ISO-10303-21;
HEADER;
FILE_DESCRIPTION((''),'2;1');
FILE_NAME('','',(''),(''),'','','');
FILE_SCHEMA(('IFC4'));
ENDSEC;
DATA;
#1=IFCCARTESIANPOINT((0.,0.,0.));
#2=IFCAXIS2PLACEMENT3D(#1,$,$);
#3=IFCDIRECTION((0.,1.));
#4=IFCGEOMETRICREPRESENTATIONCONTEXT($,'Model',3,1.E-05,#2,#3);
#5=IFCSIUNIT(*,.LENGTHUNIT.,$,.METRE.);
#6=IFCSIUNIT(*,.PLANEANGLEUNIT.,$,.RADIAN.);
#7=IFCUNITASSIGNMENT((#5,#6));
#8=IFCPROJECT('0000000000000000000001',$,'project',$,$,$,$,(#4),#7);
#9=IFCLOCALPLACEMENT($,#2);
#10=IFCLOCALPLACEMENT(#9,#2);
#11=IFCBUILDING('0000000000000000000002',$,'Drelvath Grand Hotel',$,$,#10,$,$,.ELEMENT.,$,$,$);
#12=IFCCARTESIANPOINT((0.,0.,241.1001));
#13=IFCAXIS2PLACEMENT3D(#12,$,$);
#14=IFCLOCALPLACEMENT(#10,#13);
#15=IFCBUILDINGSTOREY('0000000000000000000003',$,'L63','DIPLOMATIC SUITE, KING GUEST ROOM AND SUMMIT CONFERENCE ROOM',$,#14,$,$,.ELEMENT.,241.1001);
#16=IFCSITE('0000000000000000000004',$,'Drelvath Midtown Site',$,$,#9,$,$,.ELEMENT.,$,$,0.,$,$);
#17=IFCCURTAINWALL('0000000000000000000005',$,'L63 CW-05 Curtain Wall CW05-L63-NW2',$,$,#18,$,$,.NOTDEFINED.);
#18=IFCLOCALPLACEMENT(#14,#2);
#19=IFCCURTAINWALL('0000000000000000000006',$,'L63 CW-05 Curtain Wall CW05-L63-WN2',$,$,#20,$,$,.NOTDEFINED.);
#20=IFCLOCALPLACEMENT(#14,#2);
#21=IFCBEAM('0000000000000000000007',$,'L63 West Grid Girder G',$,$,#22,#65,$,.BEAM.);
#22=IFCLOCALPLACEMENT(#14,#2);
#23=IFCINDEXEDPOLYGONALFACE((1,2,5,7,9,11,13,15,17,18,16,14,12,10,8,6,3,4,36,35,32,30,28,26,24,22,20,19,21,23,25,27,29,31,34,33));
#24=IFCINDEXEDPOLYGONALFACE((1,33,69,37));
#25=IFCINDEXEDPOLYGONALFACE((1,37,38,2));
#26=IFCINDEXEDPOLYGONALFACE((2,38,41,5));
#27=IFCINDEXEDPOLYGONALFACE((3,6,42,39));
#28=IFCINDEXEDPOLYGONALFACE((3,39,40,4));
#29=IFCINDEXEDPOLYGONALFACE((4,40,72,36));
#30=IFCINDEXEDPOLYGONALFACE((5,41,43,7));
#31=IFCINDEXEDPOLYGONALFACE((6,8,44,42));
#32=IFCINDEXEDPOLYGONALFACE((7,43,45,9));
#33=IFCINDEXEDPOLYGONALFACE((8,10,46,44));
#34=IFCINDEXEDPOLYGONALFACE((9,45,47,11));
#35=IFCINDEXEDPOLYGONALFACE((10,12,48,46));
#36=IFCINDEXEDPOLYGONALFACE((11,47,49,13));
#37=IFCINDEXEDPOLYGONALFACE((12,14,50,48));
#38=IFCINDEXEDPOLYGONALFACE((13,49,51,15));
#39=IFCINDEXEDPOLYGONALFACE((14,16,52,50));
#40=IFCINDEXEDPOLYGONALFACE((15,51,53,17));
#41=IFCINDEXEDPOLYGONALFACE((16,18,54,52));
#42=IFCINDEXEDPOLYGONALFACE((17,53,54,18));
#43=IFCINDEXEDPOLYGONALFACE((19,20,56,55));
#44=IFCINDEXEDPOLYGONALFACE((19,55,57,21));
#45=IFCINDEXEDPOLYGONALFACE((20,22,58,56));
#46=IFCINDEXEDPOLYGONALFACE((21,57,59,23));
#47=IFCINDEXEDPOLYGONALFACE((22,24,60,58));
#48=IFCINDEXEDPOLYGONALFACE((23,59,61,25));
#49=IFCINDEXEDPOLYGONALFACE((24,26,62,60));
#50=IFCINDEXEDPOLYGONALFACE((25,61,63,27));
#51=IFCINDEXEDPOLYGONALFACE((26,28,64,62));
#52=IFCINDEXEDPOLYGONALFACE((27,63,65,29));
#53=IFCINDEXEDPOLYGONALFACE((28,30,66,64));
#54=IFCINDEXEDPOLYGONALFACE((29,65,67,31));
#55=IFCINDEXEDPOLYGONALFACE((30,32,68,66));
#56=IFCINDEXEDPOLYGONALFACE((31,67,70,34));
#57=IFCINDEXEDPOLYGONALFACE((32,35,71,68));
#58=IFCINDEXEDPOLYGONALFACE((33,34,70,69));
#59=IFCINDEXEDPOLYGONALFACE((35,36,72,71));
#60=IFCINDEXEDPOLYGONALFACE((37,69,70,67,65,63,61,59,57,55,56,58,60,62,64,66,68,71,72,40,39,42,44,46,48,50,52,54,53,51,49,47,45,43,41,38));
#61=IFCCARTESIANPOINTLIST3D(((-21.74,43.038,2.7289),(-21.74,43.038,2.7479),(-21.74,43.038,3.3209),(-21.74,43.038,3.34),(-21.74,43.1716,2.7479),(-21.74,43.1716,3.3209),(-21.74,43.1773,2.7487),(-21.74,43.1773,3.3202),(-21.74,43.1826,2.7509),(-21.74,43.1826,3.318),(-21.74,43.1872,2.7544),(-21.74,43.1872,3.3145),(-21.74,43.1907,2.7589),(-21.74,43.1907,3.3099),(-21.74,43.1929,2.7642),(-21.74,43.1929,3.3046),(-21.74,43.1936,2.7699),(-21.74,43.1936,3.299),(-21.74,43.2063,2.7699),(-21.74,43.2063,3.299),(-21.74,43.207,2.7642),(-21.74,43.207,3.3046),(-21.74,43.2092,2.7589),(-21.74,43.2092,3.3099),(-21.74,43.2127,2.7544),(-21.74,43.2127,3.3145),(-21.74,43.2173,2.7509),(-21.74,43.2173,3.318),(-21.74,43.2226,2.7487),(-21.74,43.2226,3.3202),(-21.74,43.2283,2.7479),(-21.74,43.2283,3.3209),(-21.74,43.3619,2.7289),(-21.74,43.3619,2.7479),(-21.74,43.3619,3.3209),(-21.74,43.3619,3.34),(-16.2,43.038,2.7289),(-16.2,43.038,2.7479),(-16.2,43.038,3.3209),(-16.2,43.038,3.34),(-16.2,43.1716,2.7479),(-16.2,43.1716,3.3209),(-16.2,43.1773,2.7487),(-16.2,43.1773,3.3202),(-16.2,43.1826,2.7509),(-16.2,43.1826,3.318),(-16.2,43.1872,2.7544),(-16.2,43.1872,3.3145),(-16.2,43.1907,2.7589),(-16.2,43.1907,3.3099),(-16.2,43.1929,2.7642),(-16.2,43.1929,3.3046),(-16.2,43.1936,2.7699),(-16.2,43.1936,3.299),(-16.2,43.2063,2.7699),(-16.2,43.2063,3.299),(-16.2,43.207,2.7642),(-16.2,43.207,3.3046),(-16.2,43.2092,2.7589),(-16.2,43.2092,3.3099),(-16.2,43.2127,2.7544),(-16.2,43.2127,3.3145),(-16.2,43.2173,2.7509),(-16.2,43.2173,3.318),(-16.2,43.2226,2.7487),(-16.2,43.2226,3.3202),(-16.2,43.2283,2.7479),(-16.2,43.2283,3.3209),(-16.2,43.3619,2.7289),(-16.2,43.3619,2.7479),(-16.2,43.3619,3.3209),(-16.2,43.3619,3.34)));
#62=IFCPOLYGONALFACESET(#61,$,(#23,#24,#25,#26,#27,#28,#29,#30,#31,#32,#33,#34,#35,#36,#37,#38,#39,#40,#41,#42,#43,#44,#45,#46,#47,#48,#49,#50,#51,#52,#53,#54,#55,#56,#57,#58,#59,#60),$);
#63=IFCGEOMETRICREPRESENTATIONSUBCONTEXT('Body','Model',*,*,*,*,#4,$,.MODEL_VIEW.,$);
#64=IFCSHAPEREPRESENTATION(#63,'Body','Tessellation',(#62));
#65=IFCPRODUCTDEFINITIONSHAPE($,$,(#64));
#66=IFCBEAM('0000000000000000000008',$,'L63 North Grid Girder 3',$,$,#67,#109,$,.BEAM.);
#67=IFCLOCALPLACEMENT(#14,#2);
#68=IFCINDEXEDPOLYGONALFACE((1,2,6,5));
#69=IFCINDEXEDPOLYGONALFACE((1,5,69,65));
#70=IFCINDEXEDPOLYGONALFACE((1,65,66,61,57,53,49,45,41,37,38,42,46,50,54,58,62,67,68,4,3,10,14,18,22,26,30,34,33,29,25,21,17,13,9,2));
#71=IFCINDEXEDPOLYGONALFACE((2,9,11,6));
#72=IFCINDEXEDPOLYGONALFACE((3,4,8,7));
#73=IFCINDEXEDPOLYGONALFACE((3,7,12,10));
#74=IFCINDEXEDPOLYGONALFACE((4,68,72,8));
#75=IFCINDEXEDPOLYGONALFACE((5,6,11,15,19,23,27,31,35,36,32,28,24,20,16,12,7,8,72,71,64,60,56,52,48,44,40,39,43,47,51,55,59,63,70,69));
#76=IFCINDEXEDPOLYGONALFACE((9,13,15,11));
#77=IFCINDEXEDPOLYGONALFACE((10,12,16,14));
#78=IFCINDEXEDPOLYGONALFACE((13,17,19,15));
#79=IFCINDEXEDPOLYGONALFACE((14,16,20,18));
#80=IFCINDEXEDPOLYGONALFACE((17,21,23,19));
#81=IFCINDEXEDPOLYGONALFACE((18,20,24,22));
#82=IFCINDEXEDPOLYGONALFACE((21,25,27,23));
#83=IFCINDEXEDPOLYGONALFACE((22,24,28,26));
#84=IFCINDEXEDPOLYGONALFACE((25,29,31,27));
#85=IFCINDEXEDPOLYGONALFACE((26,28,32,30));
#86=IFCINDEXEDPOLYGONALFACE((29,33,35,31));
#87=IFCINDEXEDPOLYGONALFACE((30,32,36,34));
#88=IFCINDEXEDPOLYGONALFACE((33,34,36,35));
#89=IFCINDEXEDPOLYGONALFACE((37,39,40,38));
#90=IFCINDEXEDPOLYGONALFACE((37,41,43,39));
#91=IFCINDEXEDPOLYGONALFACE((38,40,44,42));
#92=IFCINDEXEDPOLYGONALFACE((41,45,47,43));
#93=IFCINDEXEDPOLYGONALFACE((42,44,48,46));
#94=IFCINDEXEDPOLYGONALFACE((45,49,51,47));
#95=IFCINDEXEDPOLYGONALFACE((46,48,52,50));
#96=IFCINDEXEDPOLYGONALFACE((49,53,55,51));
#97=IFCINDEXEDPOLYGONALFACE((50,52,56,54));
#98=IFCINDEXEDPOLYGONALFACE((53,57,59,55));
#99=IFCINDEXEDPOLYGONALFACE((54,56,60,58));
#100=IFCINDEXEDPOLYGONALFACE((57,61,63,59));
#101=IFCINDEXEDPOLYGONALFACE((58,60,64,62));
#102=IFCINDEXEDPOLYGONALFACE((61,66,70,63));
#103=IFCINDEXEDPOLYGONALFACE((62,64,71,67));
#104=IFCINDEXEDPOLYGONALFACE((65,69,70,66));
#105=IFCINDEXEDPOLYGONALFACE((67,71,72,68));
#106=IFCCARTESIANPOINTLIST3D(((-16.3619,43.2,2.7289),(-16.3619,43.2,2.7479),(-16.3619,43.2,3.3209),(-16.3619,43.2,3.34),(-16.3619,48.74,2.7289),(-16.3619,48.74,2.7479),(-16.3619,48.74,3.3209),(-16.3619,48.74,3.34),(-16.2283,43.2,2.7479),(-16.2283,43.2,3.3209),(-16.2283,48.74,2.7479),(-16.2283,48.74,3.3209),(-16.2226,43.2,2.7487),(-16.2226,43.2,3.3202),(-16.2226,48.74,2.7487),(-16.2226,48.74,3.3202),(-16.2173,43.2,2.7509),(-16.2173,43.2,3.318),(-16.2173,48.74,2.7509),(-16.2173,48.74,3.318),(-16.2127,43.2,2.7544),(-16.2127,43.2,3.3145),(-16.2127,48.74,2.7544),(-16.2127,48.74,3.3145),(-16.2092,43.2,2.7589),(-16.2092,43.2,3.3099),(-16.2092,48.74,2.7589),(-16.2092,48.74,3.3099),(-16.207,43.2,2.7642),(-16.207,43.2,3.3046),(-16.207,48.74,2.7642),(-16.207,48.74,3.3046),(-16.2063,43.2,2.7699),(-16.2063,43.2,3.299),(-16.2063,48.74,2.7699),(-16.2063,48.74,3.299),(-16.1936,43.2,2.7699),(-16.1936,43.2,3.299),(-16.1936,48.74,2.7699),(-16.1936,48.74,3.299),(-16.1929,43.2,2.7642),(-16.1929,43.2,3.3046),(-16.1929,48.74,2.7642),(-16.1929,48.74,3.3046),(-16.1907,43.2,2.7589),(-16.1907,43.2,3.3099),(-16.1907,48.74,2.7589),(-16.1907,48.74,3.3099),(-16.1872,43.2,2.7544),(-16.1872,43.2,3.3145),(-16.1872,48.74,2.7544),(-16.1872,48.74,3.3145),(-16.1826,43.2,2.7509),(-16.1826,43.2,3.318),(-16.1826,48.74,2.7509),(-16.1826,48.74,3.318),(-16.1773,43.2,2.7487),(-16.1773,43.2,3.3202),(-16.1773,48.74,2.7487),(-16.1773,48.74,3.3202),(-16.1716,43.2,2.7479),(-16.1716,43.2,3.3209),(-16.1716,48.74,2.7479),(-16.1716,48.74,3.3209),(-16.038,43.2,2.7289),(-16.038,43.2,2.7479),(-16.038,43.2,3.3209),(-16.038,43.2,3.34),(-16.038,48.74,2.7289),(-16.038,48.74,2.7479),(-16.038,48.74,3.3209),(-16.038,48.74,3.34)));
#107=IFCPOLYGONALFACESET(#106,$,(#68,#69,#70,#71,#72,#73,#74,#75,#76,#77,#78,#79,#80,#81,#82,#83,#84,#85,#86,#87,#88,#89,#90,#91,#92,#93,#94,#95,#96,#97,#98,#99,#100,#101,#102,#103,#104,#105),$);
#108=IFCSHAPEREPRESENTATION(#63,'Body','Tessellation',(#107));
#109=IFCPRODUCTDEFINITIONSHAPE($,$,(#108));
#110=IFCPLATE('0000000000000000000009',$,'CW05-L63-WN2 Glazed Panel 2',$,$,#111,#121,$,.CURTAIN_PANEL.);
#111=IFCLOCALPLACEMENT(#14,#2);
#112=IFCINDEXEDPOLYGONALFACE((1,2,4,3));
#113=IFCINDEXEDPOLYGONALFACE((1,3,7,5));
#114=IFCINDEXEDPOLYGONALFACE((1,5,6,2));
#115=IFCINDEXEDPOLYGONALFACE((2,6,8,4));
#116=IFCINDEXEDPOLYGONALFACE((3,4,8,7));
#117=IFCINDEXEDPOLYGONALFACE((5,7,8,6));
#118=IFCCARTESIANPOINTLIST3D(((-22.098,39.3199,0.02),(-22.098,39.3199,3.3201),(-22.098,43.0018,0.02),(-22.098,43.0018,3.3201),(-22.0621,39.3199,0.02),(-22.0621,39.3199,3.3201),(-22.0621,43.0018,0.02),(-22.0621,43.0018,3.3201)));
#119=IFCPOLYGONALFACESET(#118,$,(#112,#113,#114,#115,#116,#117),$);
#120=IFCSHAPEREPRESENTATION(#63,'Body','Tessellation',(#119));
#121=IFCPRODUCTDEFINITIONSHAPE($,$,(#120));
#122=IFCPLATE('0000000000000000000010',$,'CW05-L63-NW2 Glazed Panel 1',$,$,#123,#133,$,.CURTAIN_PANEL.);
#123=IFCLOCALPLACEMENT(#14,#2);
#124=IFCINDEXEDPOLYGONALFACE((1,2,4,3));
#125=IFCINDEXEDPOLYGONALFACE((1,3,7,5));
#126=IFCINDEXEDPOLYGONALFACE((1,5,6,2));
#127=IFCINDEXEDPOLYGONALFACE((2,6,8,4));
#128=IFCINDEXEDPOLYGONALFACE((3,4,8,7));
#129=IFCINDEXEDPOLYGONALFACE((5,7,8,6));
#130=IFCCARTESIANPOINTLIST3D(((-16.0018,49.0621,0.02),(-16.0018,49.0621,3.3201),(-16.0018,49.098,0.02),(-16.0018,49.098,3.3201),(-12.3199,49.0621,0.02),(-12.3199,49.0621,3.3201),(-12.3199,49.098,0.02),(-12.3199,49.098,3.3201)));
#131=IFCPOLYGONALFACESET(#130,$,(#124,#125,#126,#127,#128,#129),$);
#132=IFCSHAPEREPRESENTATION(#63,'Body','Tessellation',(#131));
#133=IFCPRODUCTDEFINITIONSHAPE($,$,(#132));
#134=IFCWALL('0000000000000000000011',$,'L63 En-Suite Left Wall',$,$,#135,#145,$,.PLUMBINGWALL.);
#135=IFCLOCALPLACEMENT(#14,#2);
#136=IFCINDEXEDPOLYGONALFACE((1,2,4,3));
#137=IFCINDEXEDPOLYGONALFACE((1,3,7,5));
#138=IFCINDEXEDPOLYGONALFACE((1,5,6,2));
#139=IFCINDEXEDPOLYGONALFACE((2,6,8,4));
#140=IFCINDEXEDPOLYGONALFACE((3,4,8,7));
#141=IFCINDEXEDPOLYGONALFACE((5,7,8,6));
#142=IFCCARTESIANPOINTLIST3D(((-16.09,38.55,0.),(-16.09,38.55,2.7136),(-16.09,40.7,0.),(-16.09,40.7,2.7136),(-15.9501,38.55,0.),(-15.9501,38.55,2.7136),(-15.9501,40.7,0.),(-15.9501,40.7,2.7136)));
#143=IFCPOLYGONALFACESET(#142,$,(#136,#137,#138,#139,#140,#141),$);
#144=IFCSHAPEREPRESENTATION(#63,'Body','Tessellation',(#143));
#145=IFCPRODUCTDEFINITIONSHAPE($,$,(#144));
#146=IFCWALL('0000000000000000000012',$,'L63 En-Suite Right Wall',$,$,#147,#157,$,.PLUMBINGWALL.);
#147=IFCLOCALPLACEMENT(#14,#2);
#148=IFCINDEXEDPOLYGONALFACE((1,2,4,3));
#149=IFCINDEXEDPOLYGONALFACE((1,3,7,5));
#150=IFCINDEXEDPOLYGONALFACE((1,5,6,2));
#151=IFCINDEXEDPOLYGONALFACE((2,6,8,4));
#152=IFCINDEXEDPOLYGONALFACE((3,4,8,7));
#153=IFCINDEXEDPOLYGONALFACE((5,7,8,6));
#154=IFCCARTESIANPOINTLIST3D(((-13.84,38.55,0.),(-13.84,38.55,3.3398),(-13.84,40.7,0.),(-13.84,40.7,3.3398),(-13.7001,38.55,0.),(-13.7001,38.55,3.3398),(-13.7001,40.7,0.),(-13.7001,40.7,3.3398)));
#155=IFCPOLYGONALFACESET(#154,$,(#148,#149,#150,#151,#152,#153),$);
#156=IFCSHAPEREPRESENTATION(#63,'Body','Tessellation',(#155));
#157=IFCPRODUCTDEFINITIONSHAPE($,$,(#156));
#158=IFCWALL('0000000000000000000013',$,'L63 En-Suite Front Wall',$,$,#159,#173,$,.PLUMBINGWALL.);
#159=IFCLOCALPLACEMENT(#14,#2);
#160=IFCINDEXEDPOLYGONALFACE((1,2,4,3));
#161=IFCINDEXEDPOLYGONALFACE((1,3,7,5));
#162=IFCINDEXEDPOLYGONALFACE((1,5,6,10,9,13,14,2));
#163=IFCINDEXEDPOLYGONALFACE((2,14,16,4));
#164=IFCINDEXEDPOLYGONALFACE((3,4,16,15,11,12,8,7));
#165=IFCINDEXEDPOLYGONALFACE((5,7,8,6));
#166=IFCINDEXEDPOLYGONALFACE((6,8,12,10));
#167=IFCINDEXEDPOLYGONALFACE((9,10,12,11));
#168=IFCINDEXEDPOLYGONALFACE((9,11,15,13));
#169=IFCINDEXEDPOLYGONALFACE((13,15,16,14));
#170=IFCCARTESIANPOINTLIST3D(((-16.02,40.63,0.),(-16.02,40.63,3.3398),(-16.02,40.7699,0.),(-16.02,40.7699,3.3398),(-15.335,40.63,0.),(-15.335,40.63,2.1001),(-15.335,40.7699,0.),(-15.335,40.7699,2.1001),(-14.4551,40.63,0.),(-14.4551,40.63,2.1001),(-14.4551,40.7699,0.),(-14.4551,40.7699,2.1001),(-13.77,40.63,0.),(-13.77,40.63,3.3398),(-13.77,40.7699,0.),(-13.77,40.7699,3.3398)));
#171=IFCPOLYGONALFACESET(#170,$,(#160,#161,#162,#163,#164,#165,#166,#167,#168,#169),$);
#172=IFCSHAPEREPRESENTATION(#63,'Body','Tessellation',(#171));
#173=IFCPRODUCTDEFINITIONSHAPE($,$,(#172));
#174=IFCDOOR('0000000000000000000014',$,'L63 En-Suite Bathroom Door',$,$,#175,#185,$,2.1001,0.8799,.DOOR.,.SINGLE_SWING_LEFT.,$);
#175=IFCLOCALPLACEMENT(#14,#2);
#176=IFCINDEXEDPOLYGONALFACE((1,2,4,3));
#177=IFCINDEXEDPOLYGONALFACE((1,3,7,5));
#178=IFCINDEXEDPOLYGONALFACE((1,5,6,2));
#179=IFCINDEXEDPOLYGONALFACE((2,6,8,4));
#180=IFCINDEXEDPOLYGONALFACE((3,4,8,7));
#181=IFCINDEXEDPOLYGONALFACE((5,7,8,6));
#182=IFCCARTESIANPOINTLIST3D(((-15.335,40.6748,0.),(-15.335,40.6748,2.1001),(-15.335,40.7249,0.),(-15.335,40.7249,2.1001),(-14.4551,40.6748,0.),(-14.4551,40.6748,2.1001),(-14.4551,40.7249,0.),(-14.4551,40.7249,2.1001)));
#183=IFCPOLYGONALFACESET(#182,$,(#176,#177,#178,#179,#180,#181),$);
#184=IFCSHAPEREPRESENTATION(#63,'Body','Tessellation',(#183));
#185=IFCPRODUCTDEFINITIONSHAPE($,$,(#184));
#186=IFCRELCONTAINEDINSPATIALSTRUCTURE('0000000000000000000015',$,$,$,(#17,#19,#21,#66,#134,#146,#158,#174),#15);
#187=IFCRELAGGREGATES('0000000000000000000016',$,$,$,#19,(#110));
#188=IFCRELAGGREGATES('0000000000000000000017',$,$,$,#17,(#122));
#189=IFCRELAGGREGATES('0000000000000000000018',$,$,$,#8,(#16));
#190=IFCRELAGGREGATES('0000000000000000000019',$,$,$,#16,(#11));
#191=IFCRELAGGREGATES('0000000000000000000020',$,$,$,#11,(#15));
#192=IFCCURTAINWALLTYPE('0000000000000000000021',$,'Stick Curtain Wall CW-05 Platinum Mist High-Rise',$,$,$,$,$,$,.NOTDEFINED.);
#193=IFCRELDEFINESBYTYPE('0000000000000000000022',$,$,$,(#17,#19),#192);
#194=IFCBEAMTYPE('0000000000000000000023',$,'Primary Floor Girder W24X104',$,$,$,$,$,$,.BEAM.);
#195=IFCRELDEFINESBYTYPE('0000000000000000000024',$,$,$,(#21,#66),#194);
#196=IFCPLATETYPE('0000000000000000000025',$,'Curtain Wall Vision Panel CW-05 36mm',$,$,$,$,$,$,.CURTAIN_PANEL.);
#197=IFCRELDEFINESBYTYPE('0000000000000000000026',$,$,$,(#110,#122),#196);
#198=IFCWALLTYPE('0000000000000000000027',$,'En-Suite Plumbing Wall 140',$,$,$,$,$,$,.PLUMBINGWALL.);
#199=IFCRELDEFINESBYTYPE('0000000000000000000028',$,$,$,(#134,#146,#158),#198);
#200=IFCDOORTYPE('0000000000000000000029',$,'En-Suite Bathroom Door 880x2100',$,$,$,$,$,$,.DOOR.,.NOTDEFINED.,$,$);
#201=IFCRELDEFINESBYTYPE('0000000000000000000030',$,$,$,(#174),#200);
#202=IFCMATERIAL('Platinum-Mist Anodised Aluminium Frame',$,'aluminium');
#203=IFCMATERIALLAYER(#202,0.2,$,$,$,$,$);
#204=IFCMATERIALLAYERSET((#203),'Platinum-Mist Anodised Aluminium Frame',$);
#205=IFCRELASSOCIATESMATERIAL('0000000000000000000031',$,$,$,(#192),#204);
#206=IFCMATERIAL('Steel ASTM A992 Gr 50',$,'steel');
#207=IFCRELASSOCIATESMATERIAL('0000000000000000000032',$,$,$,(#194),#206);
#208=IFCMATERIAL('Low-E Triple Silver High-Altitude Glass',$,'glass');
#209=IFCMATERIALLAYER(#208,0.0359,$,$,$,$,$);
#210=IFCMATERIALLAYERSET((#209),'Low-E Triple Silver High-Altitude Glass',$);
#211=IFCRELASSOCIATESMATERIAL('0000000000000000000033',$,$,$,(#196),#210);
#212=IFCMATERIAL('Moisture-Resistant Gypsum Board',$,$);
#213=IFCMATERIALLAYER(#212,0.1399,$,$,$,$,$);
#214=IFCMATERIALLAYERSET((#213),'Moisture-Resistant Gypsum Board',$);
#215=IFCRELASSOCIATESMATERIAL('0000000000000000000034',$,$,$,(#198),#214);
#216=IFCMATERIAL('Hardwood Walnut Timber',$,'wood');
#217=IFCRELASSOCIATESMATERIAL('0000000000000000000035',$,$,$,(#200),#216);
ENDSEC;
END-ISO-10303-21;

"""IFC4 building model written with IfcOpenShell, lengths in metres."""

from ifc_helpers import new_model, si_unit, direction, frame, frame_2d, origin, origin_2d, place, context, subcontext, project, spatial, rectangle, i_section, extrude, material, layer, layer_set, material_profile, profile_set, type_object, element, fill, aggregate, save


model = new_model("IFC4")

# Units and contexts
model_context = context("Model", 3, precision=1e-05, world=origin(), true_north=direction((0.0, 1.0)))
body_context = subcontext(model_context, "Body", "Model", "MODEL_VIEW")
ifc_project = project(units=[si_unit("LENGTHUNIT", "METRE"), si_unit("PLANEANGLEUNIT", "RADIAN")], contexts=[model_context])

# Site, building, storey
site_placement = place(None, origin())
site = spatial("IfcSite", under=ifc_project, at=site_placement, Name="Drelvath Midtown Site", CompositionType="ELEMENT", RefElevation=0.0)
building_placement = place(site_placement, origin())
building = spatial("IfcBuilding", under=site, at=building_placement, Name="Drelvath Grand Hotel", CompositionType="ELEMENT")
storey_placement = place(building_placement, frame((0.0, 0.0, 241.1001)))
storey = spatial("IfcBuildingStorey", under=building, at=storey_placement, Name="L63", Description="DIPLOMATIC SUITE, KING GUEST ROOM AND SUMMIT CONFERENCE ROOM", CompositionType="ELEMENT", Elevation=241.1001)

# Shared definitions
ifc_material_1 = material(Name="Steel ASTM A992 Gr 50", Category="steel")

# Curtain wall
ifc_material_2 = material(Name="Platinum-Mist Anodised Aluminium Frame", Category="aluminium")
ifc_layer_1 = layer(ifc_material_2, 0.2)
ifc_layer_set_1 = layer_set([ifc_layer_1], Name="Platinum-Mist Anodised Aluminium Frame")
curtain_wall_type = type_object("IfcCurtainWallType", Name="Stick Curtain Wall CW-05 Platinum Mist High-Rise", PredefinedType="NOTDEFINED", material=ifc_layer_set_1)
curtain_wall_1_placement = place(storey_placement, origin())
curtain_wall_1 = element("IfcCurtainWall", 1, at=curtain_wall_1_placement, inside=storey, type_object=curtain_wall_type, Name="L63 CW-05 Curtain Wall CW05-L63-NW2", PredefinedType="NOTDEFINED")

# Curtain wall
curtain_wall_2_placement = place(storey_placement, origin())
curtain_wall_2 = element("IfcCurtainWall", 2, at=curtain_wall_2_placement, inside=storey, type_object=curtain_wall_type, Name="L63 CW-05 Curtain Wall CW05-L63-WN2", PredefinedType="NOTDEFINED")

# Beams
ifc_material_profile_1 = material_profile(ifc_material_1, i_section(OverallWidth=0.324, OverallDepth=0.6111, WebThickness=0.0127, FlangeThickness=0.019, FilletRadius=0.022, at=origin_2d()), Name="W24X104")
ifc_profile_set_1 = profile_set([ifc_material_profile_1], Name="Steel ASTM A992 Gr 50")
beam_type_1 = type_object("IfcBeamType", Name="Primary Floor Girder W24X104", PredefinedType="BEAM", material=ifc_profile_set_1)
for number, where, z_axis, x_axis, name in (
    (3, (-21.74, 43.2, 3.0344), (1.0, 0.0, 0.0), (0.0, 1.0, 0.0), "L63 West Grid Girder G"),
    (4, (-16.2, 43.2, 3.0344), (0.0, 1.0, 0.0), (-1.0, 0.0, 0.0), "L63 North Grid Girder 3"),
):
    element("IfcBeam", number, at=place(storey_placement, frame(where, z_axis=z_axis, x_axis=x_axis)), inside=storey, type_object=beam_type_1, Name=name, PredefinedType="BEAM", context=body_context, shape_type="SweptSolid", body=[
        extrude(i_section(OverallWidth=0.324, OverallDepth=0.6111, WebThickness=0.0127, FlangeThickness=0.019, FilletRadius=0.022, at=origin_2d()), origin(), (0.0, 0.0, 1.0), 5.54),
    ])

# Plates
ifc_material_3 = material(Name="Low-E Triple Silver High-Altitude Glass", Category="glass")
ifc_layer_2 = layer(ifc_material_3, 0.0359)
ifc_layer_set_2 = layer_set([ifc_layer_2], Name="Low-E Triple Silver High-Altitude Glass")
plate_type = type_object("IfcPlateType", Name="Curtain Wall Vision Panel CW-05 36mm", PredefinedType="CURTAIN_PANEL", material=ifc_layer_set_2)
plate_1_placement = place(storey_placement, frame((-22.0801, 41.1609, 0.02), z_axis=(0.0, 0.0, 1.0), x_axis=(0.0, 1.0, 0.0)))
plate_1 = element("IfcPlate", 5, at=plate_1_placement, type_object=plate_type, Name="CW05-L63-WN2 Glazed Panel 2", PredefinedType="CURTAIN_PANEL", context=body_context, shape_type="SweptSolid", body=[
    extrude(rectangle(XDim=3.6819, YDim=0.0359, at=origin_2d()), origin(), (0.0, 0.0, 1.0), 3.3),
])
aggregate(curtain_wall_2, [plate_1])
plate_2_placement = place(storey_placement, frame((-14.1609, 49.0801, 0.02), z_axis=(0.0, 0.0, 1.0), x_axis=(1.0, 0.0, 0.0)))
plate_2 = element("IfcPlate", 6, at=plate_2_placement, type_object=plate_type, Name="CW05-L63-NW2 Glazed Panel 1", PredefinedType="CURTAIN_PANEL", context=body_context, shape_type="SweptSolid", body=[
    extrude(rectangle(XDim=3.6819, YDim=0.0359, at=origin_2d()), origin(), (0.0, 0.0, 1.0), 3.3),
])
aggregate(curtain_wall_1, [plate_2])

# Walls
ifc_material_4 = material(Name="Moisture-Resistant Gypsum Board")
ifc_layer_3 = layer(ifc_material_4, 0.1399)
ifc_layer_set_3 = layer_set([ifc_layer_3], Name="Moisture-Resistant Gypsum Board")
wall_type_1 = type_object("IfcWallType", Name="En-Suite Plumbing Wall 140", PredefinedType="PLUMBINGWALL", material=ifc_layer_set_3)
wall_1_placement = place(storey_placement, frame((-16.02, 38.55, 0.0), z_axis=(0.0, 0.0, 1.0), x_axis=(0.0, 1.0, 0.0)))
element("IfcWall", 7, at=wall_1_placement, inside=storey, type_object=wall_type_1, Name="L63 En-Suite Left Wall", PredefinedType="PLUMBINGWALL", context=body_context, shape_type="SweptSolid", body=[
    extrude(rectangle(XDim=2.1499, YDim=0.1399, at=frame_2d((1.075, 0.0))), origin(), (0.0, 0.0, 1.0), 2.7136),
])
wall_2_placement = place(storey_placement, frame((-13.77, 38.55, 0.0), z_axis=(0.0, 0.0, 1.0), x_axis=(0.0, 1.0, 0.0)))
element("IfcWall", 8, at=wall_2_placement, inside=storey, type_object=wall_type_1, Name="L63 En-Suite Right Wall", PredefinedType="PLUMBINGWALL", context=body_context, shape_type="SweptSolid", body=[
    extrude(rectangle(XDim=2.1499, YDim=0.1399, at=frame_2d((1.075, 0.0))), origin(), (0.0, 0.0, 1.0), 3.3398),
])

# Wall, opening, door
wall_3_placement = place(storey_placement, frame((-16.02, 40.7, 0.0), z_axis=(0.0, 0.0, 1.0), x_axis=(1.0, 0.0, 0.0)))
wall_3 = element("IfcWall", 9, at=wall_3_placement, inside=storey, type_object=wall_type_1, Name="L63 En-Suite Front Wall", PredefinedType="PLUMBINGWALL", context=body_context, shape_type="SweptSolid", body=[
    extrude(rectangle(XDim=2.25, YDim=0.1399, at=frame_2d((1.125, 0.0))), origin(), (0.0, 0.0, 1.0), 3.3398),
])
opening_placement = place(wall_3_placement, frame((0.6851, 0.0, 0.0)))
opening = element("IfcOpeningElement", 10, at=opening_placement, cuts=wall_3, PredefinedType="OPENING", context=body_context, shape_type="SweptSolid", body=[
    extrude(rectangle(XDim=0.8799, YDim=2.1001, at=frame_2d((0.4399, 1.05))), frame((0.0, 0.0798, 0.0), z_axis=(0.0, -1.0, 0.0), x_axis=(1.0, 0.0, 0.0)), (0.0, 0.0, 1.0), 0.1599),
])
ifc_material_5 = material(Name="Hardwood Walnut Timber", Category="wood")
door_type = type_object("IfcDoorType", Name="En-Suite Bathroom Door 880x2100", OperationType="NOTDEFINED", PredefinedType="DOOR", material=ifc_material_5)
door_placement = place(opening_placement, origin())
door = element("IfcDoor", 11, at=door_placement, inside=storey, type_object=door_type, Name="L63 En-Suite Bathroom Door", OperationType="SINGLE_SWING_LEFT", OverallHeight=2.1001, OverallWidth=0.8799, PredefinedType="DOOR", context=body_context, shape_type="SweptSolid", body=[
    extrude(rectangle(XDim=0.8799, YDim=2.1001, at=frame_2d((0.4399, 1.05))), frame((0.0, 0.0249, 0.0), z_axis=(0.0, -1.0, 0.0), x_axis=(1.0, 0.0, 0.0)), (0.0, 0.0, 1.0), 0.05),
])
fill(opening, door)

save(model, "model.ifc")
